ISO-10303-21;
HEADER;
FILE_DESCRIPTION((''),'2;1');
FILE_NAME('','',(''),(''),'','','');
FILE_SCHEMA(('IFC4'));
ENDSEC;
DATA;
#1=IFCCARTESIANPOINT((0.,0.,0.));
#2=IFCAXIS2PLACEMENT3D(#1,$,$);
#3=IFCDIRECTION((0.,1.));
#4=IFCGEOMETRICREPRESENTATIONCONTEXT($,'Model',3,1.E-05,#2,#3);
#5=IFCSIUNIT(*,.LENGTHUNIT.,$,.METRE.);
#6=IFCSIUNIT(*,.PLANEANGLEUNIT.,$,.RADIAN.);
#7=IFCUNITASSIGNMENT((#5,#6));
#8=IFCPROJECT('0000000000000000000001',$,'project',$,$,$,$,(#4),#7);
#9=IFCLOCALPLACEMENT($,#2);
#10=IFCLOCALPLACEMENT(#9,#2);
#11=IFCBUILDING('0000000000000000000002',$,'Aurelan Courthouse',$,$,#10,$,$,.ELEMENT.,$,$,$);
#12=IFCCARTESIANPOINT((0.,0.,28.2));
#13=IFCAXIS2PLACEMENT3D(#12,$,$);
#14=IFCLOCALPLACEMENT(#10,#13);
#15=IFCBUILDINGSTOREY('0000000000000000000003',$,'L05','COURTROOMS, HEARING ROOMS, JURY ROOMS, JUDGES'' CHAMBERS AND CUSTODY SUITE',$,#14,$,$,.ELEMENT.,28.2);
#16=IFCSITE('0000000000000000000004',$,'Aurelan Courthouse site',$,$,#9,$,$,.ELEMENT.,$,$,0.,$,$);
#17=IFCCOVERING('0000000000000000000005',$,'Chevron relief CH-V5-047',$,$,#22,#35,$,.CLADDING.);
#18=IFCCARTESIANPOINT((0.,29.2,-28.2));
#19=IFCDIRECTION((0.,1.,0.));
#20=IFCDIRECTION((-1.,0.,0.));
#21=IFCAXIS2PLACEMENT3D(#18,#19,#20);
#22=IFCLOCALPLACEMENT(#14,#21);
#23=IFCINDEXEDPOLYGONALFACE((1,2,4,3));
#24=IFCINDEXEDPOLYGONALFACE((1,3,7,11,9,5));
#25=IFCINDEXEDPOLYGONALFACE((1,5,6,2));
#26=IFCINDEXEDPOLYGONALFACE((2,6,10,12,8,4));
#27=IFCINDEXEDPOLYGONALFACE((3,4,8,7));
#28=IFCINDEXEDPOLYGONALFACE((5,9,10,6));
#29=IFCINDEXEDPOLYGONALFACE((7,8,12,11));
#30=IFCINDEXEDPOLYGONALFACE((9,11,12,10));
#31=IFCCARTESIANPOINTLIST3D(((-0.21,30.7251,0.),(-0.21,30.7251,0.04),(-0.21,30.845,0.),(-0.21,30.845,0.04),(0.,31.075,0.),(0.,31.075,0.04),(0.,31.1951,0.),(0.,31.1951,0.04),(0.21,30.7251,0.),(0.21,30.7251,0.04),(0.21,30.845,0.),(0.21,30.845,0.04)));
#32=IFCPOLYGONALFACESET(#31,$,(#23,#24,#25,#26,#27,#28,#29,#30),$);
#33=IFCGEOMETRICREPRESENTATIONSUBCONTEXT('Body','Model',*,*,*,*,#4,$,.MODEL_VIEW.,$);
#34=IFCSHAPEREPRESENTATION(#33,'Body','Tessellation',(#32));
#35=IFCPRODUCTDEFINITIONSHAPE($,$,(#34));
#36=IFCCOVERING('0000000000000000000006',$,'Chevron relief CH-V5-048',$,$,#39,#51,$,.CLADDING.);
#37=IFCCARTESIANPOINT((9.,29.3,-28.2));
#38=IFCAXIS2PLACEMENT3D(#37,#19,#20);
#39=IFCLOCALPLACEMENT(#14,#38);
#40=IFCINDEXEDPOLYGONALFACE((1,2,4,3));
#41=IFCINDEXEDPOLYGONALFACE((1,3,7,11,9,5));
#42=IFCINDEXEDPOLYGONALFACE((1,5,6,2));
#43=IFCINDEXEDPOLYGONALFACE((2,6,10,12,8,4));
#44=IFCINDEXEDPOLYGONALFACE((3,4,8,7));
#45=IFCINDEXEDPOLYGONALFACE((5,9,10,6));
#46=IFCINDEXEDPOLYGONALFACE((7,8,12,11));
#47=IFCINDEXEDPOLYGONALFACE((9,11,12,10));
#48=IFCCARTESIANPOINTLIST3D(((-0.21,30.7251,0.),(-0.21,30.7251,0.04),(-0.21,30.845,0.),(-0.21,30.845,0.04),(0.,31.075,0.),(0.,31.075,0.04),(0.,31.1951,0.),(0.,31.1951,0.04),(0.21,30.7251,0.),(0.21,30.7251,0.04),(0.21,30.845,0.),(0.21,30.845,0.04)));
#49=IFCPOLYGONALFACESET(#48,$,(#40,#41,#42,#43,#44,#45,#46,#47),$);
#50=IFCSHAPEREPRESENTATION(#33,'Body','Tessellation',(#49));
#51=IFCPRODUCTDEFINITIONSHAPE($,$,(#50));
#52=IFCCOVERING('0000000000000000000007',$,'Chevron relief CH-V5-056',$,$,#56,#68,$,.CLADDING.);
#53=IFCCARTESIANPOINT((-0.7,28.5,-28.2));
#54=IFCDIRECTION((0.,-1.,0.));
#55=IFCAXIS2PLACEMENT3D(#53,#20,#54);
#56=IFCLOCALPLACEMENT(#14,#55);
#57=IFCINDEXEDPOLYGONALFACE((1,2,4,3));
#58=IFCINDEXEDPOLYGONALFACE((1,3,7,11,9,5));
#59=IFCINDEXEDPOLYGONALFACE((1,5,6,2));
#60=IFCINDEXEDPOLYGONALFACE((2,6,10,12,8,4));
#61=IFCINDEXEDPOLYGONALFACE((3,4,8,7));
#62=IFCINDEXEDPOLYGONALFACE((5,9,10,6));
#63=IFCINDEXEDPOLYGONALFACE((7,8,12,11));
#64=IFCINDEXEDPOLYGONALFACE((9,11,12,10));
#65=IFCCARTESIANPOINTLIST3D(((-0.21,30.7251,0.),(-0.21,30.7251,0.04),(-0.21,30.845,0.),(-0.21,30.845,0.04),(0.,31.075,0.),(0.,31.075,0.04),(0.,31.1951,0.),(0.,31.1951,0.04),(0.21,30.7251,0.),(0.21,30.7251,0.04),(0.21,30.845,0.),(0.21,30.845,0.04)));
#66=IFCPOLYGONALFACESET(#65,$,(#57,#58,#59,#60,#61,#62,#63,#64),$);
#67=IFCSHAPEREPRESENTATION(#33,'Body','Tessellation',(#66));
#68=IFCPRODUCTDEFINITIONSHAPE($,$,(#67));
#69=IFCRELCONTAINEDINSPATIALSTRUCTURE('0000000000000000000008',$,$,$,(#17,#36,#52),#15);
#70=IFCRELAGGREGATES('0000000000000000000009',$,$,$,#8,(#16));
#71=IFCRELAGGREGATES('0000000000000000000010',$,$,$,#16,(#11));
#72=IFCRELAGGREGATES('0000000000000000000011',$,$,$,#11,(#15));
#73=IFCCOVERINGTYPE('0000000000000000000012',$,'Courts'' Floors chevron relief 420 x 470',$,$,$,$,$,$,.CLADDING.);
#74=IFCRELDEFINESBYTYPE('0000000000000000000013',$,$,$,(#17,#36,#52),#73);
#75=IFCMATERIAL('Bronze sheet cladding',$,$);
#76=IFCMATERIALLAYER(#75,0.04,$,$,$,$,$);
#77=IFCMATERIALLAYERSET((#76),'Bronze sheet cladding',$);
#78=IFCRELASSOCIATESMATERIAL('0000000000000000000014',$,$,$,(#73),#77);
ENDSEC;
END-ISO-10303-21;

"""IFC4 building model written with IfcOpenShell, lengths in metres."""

from ifc_helpers import new_model, si_unit, direction, frame, origin, place, context, subcontext, project, spatial, polyline, outline, extrude, material, layer, layer_set, type_object, element, save


model = new_model("IFC4")

# Units and contexts
model_context = context("Model", 3, precision=1e-05, world=origin(), true_north=direction((0.0, 1.0)))
body_context = subcontext(model_context, "Body", "Model", "MODEL_VIEW")
ifc_project = project(units=[si_unit("LENGTHUNIT", "METRE"), si_unit("PLANEANGLEUNIT", "RADIAN")], contexts=[model_context])

# Site, building, storey
site_placement = place(None, origin())
site = spatial("IfcSite", under=ifc_project, at=site_placement, Name="Aurelan Courthouse site", CompositionType="ELEMENT", RefElevation=0.0)
building_placement = place(site_placement, origin())
building = spatial("IfcBuilding", under=site, at=building_placement, Name="Aurelan Courthouse", CompositionType="ELEMENT")
storey_placement = place(building_placement, frame((0.0, 0.0, 28.2)))
storey = spatial("IfcBuildingStorey", under=building, at=storey_placement, Name="L05", Description="COURTROOMS, HEARING ROOMS, JURY ROOMS, JUDGES' CHAMBERS AND CUSTODY SUITE", CompositionType="ELEMENT", Elevation=28.2)

# Coverings
ifc_material_1 = material(Name="Bronze sheet cladding")
ifc_layer_1 = layer(ifc_material_1, 0.04)
ifc_layer_set_1 = layer_set([ifc_layer_1], Name="Bronze sheet cladding")
covering_type_1 = type_object("IfcCoveringType", Name="Courts' Floors chevron relief 420 x 470", PredefinedType="CLADDING", material=ifc_layer_set_1)
for number, where, z_axis, x_axis, name in (
    (1, (0.0, 29.2, -28.2), (0.0, 1.0, 0.0), (-1.0, 0.0, 0.0), "Chevron relief CH-V5-047"),
    (2, (9.0, 29.3, -28.2), (0.0, 1.0, 0.0), (-1.0, 0.0, 0.0), "Chevron relief CH-V5-048"),
    (3, (-0.7, 28.5, -28.2), (-1.0, 0.0, 0.0), (0.0, -1.0, 0.0), "Chevron relief CH-V5-056"),
):
    element("IfcCovering", number, at=place(storey_placement, frame(where, z_axis=z_axis, x_axis=x_axis)), inside=storey, type_object=covering_type_1, Name=name, PredefinedType="CLADDING", context=body_context, shape_type="SweptSolid", body=[
        extrude(outline(polyline([(-0.21, 30.7251), (0.0, 31.075), (0.21, 30.7251), (0.21, 30.845), (0.0, 31.1951), (-0.21, 30.845), (-0.21, 30.7251)])), origin(), (0.0, 0.0, 1.0), 0.04),
    ])

save(model, "model.ifc")
